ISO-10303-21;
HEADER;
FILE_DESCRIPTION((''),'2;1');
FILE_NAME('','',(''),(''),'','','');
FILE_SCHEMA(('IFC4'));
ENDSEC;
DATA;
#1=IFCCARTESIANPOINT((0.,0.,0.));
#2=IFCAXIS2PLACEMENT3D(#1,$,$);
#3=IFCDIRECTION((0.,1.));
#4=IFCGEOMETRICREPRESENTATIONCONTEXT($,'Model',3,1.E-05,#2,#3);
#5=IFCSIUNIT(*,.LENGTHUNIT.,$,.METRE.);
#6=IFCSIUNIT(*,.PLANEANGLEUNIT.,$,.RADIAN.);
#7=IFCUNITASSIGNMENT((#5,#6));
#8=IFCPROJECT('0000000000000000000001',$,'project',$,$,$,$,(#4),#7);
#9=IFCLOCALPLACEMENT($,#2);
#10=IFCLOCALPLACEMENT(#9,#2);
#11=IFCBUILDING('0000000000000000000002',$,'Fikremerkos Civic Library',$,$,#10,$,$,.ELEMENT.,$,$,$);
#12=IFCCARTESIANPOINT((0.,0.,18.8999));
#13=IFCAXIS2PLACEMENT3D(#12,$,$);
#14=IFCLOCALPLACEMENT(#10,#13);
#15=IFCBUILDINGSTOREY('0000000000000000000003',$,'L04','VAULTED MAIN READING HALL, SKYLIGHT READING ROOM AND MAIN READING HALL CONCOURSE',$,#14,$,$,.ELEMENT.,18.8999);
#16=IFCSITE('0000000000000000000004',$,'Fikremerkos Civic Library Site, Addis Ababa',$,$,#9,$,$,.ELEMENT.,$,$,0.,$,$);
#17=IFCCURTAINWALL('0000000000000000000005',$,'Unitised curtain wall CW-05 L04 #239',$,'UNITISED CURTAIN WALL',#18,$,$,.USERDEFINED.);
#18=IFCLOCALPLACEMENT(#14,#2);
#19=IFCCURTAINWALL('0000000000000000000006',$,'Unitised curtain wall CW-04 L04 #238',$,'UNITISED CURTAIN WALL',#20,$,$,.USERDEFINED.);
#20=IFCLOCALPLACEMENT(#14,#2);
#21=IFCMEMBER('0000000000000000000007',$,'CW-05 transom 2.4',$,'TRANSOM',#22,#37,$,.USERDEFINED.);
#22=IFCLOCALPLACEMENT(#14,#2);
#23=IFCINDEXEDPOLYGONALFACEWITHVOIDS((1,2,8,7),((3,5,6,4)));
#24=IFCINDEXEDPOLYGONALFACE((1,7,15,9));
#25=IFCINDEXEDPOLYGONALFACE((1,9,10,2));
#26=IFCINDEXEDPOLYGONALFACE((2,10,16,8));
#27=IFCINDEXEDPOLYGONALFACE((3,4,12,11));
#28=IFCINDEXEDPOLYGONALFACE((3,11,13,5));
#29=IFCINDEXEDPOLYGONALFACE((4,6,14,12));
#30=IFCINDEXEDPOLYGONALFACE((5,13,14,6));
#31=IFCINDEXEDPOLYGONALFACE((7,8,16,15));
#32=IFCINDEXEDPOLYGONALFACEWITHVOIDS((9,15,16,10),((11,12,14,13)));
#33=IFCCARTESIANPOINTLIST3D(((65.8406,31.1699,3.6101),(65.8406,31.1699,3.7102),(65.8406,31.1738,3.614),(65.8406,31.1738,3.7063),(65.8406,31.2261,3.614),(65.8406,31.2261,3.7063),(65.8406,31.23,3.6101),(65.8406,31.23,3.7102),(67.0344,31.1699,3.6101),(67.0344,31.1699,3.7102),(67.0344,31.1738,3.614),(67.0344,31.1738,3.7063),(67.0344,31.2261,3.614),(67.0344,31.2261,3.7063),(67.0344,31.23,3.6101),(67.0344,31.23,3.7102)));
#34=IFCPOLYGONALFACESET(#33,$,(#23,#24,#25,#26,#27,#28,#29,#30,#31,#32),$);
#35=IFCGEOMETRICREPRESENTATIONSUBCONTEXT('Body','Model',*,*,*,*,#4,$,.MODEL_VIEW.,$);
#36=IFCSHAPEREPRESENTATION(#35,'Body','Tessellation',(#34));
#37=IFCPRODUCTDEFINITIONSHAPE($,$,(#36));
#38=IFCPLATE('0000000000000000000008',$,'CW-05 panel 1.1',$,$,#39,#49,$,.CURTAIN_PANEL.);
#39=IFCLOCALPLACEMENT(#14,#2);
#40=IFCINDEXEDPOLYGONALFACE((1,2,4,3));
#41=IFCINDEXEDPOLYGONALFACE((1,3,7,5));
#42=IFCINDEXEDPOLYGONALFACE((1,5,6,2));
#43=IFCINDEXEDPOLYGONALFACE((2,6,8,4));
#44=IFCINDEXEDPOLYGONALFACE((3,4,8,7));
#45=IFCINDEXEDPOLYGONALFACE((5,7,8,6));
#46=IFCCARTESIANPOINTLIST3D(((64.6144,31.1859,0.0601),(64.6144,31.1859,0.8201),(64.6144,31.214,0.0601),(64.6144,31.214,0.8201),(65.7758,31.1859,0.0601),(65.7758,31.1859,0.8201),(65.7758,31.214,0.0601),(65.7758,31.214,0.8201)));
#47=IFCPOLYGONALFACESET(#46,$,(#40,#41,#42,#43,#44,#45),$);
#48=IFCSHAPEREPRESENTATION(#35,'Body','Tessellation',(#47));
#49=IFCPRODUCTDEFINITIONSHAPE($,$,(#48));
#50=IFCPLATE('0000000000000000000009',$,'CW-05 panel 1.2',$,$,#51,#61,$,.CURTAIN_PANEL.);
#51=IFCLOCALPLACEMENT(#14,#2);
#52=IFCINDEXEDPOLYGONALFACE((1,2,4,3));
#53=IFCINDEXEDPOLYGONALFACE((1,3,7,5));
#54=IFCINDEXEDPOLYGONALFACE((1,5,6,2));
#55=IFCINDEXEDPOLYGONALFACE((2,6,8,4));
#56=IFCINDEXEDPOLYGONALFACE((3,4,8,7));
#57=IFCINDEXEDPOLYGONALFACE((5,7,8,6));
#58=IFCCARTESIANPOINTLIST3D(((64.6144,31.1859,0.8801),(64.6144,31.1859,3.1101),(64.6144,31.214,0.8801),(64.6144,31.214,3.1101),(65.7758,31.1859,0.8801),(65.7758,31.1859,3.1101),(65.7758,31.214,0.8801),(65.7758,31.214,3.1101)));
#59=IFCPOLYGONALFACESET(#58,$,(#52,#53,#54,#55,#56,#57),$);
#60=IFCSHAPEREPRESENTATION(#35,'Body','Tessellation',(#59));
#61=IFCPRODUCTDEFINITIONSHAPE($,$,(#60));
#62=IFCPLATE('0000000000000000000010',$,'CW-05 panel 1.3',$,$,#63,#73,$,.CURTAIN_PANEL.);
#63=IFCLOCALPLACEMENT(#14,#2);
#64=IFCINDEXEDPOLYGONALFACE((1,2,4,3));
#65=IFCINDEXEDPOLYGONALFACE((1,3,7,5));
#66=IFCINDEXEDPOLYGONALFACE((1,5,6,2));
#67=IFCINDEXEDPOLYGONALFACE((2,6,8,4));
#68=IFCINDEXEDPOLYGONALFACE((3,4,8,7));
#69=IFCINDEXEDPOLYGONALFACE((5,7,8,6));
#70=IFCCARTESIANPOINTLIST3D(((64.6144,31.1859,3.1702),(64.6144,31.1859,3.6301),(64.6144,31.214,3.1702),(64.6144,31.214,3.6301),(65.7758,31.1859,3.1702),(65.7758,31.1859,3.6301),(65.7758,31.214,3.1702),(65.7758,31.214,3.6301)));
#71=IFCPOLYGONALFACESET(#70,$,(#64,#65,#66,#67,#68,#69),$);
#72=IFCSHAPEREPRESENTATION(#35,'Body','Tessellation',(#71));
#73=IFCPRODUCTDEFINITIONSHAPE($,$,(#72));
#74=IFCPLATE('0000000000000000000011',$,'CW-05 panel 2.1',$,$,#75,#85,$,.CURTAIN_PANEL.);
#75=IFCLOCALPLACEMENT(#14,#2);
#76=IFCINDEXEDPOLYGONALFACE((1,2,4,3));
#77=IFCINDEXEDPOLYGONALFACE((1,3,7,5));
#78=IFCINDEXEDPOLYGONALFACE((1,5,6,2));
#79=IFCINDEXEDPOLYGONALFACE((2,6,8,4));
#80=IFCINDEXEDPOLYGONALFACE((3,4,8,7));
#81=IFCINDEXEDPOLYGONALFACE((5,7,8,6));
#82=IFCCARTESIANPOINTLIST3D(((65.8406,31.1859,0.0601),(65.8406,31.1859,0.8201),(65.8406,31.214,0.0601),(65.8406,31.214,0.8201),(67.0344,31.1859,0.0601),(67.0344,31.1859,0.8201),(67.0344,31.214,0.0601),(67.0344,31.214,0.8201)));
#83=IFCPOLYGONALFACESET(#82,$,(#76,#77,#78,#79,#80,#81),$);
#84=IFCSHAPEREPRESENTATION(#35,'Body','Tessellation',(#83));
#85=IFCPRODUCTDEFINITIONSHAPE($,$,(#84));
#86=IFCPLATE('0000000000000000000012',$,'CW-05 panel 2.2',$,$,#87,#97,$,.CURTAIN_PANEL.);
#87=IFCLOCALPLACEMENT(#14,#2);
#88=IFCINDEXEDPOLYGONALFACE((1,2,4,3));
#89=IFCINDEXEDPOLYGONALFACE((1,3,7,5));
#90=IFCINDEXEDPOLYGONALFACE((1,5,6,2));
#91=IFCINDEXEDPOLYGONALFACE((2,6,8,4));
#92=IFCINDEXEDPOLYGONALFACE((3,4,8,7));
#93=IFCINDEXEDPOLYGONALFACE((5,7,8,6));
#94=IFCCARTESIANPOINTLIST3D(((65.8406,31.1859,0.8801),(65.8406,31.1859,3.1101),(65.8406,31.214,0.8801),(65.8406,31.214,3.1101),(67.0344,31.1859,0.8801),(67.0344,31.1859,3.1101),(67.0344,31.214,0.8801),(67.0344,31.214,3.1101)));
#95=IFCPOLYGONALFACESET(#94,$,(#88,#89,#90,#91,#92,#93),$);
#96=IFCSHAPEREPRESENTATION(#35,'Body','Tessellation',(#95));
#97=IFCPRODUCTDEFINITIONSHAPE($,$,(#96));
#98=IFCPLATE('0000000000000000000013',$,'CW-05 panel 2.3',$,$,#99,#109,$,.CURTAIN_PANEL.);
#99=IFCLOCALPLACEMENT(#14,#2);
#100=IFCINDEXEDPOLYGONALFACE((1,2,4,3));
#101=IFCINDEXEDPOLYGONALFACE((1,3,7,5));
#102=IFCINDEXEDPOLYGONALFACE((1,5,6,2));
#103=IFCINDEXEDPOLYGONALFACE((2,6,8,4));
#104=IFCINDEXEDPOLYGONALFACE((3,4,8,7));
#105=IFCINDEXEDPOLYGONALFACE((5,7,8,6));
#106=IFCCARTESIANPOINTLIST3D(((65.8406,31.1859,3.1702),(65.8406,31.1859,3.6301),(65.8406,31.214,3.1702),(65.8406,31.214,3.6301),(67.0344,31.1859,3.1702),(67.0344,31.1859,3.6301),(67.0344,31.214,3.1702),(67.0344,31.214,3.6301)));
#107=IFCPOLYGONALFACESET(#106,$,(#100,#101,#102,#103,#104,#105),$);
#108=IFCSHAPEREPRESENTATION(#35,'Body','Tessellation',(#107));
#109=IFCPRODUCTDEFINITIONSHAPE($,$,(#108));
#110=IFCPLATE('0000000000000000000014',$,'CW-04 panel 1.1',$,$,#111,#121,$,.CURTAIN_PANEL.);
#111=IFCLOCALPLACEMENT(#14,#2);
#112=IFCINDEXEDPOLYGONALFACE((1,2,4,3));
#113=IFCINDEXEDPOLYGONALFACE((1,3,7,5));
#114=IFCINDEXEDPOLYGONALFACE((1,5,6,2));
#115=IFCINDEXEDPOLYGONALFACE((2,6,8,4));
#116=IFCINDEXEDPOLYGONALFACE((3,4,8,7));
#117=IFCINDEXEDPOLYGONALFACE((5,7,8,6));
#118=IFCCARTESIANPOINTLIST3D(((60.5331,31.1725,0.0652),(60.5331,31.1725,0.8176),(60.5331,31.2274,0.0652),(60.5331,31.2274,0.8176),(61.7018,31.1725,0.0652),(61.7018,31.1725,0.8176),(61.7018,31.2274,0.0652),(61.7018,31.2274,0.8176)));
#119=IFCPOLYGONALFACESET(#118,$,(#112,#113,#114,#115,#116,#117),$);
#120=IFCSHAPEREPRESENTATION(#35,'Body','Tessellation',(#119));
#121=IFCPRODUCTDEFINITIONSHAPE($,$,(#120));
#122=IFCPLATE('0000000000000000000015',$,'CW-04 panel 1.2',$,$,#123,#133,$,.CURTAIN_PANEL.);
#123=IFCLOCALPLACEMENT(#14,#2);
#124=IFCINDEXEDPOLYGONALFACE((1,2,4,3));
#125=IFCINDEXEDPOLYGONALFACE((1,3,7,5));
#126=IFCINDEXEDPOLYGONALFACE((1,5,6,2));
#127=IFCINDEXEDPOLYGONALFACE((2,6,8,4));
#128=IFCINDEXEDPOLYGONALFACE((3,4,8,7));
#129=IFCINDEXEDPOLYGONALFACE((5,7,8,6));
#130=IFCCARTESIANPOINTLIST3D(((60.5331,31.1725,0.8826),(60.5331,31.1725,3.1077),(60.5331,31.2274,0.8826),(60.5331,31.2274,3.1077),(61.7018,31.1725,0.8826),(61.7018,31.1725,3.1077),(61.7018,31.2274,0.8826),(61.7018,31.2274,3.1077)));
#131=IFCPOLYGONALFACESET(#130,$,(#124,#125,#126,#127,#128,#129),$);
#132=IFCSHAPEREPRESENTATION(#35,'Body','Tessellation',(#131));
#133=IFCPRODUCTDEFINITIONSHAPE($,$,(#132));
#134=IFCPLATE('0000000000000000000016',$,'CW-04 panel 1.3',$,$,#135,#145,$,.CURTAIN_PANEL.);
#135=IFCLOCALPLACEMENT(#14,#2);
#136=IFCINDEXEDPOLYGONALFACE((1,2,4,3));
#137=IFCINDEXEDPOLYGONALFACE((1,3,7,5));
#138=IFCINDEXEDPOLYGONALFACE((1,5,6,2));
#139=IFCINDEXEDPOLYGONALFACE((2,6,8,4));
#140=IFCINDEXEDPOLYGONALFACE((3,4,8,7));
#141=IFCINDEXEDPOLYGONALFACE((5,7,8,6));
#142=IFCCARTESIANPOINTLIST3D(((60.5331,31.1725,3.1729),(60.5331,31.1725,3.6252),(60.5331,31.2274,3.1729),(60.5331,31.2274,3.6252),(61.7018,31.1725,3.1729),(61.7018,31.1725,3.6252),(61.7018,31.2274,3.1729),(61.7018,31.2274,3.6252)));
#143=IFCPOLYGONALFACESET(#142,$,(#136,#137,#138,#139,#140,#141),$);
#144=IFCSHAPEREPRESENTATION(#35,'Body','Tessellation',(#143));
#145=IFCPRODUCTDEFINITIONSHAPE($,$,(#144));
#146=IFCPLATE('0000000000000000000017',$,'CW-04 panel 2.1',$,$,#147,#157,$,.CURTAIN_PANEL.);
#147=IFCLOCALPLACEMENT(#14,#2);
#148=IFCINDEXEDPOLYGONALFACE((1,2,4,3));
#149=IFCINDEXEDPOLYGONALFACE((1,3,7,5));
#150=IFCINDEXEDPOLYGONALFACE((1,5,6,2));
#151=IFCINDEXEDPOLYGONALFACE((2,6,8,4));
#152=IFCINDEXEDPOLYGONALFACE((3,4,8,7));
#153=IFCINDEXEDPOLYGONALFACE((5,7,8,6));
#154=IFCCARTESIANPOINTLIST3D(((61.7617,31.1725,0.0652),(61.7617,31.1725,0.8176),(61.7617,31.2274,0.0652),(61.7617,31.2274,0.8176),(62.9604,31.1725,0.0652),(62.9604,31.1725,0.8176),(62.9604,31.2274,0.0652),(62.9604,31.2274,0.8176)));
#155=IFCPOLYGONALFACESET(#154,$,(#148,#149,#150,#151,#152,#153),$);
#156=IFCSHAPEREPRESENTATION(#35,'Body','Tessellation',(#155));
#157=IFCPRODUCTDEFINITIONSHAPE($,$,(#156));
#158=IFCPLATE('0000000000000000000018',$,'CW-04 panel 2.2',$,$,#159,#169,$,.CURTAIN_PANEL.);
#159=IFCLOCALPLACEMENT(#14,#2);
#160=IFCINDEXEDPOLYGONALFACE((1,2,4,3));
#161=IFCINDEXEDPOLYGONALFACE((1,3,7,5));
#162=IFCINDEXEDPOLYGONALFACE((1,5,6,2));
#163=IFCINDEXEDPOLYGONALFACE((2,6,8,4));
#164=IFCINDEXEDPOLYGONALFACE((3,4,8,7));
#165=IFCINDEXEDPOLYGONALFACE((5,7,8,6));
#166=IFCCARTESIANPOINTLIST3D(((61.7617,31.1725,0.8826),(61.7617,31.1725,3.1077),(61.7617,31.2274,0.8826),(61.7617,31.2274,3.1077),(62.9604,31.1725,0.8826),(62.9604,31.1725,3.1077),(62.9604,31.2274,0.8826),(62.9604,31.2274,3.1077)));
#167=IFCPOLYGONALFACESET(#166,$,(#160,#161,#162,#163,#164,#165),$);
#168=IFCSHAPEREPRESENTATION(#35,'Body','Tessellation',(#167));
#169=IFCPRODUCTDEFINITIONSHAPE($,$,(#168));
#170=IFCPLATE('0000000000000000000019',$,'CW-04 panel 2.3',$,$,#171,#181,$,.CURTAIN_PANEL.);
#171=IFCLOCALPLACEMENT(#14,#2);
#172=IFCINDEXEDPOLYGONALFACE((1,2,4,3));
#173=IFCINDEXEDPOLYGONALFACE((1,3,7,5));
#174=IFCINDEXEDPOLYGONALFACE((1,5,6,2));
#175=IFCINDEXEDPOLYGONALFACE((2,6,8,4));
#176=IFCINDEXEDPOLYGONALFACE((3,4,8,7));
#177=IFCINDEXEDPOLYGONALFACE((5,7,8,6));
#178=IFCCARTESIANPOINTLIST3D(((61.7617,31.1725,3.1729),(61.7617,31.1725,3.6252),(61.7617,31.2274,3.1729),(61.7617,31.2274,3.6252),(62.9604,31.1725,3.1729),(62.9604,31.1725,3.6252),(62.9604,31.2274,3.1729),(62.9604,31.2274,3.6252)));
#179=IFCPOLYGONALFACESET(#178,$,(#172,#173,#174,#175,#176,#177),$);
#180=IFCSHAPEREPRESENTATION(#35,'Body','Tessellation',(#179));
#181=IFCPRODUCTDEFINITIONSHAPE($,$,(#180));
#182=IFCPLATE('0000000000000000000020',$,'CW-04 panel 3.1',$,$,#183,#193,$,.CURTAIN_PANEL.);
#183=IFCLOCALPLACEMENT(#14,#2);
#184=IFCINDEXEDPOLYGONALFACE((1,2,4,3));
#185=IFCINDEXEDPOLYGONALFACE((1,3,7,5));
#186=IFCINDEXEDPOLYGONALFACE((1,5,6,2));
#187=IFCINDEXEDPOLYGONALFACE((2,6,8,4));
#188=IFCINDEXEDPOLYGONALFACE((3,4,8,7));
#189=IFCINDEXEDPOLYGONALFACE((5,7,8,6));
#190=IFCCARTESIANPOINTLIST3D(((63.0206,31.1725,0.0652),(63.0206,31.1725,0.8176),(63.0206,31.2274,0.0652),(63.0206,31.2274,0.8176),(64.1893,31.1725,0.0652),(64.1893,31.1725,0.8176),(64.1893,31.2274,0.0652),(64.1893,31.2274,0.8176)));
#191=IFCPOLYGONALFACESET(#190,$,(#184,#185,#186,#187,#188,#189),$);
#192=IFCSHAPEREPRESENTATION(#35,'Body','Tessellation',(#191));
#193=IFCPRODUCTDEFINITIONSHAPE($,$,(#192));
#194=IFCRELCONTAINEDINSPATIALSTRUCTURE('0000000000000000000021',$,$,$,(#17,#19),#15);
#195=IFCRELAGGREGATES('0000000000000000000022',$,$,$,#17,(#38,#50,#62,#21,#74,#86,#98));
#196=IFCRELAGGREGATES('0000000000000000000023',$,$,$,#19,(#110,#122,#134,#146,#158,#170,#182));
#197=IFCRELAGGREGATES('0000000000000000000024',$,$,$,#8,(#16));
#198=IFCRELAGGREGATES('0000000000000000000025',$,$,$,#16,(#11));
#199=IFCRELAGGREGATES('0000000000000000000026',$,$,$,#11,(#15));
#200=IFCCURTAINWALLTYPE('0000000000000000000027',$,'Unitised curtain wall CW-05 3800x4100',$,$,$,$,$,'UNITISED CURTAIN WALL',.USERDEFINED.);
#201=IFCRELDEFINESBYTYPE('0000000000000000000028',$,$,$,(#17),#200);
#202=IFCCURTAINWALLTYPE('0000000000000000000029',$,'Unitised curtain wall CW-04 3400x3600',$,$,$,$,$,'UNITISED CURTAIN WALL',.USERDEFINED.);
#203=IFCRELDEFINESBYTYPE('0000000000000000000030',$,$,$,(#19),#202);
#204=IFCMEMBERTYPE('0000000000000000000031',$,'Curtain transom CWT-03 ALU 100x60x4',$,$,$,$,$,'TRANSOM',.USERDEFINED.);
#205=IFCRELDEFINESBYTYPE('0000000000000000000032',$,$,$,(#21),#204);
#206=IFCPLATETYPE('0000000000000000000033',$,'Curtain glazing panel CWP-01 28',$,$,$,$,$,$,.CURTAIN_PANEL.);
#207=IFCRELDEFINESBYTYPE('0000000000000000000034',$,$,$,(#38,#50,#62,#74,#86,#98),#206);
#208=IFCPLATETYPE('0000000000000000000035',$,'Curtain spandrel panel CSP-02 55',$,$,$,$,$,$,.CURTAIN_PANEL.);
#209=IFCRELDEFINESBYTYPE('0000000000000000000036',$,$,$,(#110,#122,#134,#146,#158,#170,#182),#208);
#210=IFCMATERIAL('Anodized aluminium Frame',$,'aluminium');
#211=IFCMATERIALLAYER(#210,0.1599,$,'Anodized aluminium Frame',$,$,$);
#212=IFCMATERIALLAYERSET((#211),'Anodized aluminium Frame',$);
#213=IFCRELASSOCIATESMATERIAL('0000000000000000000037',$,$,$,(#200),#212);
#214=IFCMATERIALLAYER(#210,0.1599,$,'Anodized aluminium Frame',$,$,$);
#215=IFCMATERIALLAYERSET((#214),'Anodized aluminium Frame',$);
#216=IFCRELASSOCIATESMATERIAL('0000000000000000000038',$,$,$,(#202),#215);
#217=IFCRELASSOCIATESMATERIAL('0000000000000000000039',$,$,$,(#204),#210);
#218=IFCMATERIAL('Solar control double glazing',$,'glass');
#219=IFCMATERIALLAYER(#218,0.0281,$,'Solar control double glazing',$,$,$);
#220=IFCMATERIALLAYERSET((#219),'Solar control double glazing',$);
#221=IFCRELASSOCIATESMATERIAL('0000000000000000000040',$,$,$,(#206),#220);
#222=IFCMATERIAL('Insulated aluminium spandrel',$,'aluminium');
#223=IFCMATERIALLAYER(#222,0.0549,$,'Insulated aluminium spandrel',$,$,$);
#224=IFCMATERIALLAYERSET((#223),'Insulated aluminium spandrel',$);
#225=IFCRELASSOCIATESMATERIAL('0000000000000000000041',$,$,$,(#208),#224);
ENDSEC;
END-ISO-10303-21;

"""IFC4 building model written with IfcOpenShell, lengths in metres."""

from ifc_helpers import new_model, si_unit, direction, frame, origin, origin_2d, place, context, subcontext, project, spatial, rectangle, hollow_rectangle, extrude, material, layer, layer_set, material_profile, profile_set, type_object, element, aggregate, save


model = new_model("IFC4")

# Units and contexts
model_context = context("Model", 3, precision=1e-05, world=origin(), true_north=direction((0.0, 1.0)))
body_context = subcontext(model_context, "Body", "Model", "MODEL_VIEW")
ifc_project = project(units=[si_unit("LENGTHUNIT", "METRE"), si_unit("PLANEANGLEUNIT", "RADIAN")], contexts=[model_context])

# Site, building, storey
site_placement = place(None, origin())
site = spatial("IfcSite", under=ifc_project, at=site_placement, Name="Fikremerkos Civic Library Site, Addis Ababa", CompositionType="ELEMENT", RefElevation=0.0)
building_placement = place(site_placement, origin())
building = spatial("IfcBuilding", under=site, at=building_placement, Name="Fikremerkos Civic Library", CompositionType="ELEMENT")
storey_placement = place(building_placement, frame((0.0, 0.0, 18.8999)))
storey = spatial("IfcBuildingStorey", under=building, at=storey_placement, Name="L04", Description="VAULTED MAIN READING HALL, SKYLIGHT READING ROOM AND MAIN READING HALL CONCOURSE", CompositionType="ELEMENT", Elevation=18.8999)

# Curtain walls
ifc_material_1 = material(Name="Anodized aluminium Frame", Category="aluminium")
ifc_layer_1 = layer(ifc_material_1, 0.1599, Name="Anodized aluminium Frame")
ifc_layer_set_1 = layer_set([ifc_layer_1], Name="Anodized aluminium Frame")
curtain_wall_type_1 = type_object("IfcCurtainWallType", Name="Unitised curtain wall CW-05 3800x4100", ElementType="UNITISED CURTAIN WALL", PredefinedType="USERDEFINED", material=ifc_layer_set_1)
curtain_wall_1_placement = place(storey_placement, origin())
curtain_wall_1 = element("IfcCurtainWall", 1, at=curtain_wall_1_placement, inside=storey, type_object=curtain_wall_type_1, Name="Unitised curtain wall CW-05 L04 #239", ObjectType="UNITISED CURTAIN WALL", PredefinedType="USERDEFINED")
ifc_layer_2 = layer(ifc_material_1, 0.1599, Name="Anodized aluminium Frame")
ifc_layer_set_2 = layer_set([ifc_layer_2], Name="Anodized aluminium Frame")
curtain_wall_type_2 = type_object("IfcCurtainWallType", Name="Unitised curtain wall CW-04 3400x3600", ElementType="UNITISED CURTAIN WALL", PredefinedType="USERDEFINED", material=ifc_layer_set_2)
curtain_wall_2_placement = place(storey_placement, origin())
curtain_wall_2 = element("IfcCurtainWall", 2, at=curtain_wall_2_placement, inside=storey, type_object=curtain_wall_type_2, Name="Unitised curtain wall CW-04 L04 #238", ObjectType="UNITISED CURTAIN WALL", PredefinedType="USERDEFINED")

# Member
ifc_material_profile_1 = material_profile(ifc_material_1, hollow_rectangle(XDim=0.0601, YDim=0.1001, WallThickness=0.0039, at=origin_2d()), Name="ALU 100x60x4")
ifc_profile_set_1 = profile_set([ifc_material_profile_1], Name="Anodized aluminium Frame")
member_type_1 = type_object("IfcMemberType", Name="Curtain transom CWT-03 ALU 100x60x4", ElementType="TRANSOM", PredefinedType="USERDEFINED", material=ifc_profile_set_1)
member_1_placement = place(storey_placement, frame((65.8406, 31.2, 3.6602), z_axis=(1.0, 0.0, 0.0), x_axis=(0.0, 1.0, 0.0)))
member_1 = element("IfcMember", 3, at=member_1_placement, type_object=member_type_1, Name="CW-05 transom 2.4", ObjectType="TRANSOM", PredefinedType="USERDEFINED", context=body_context, shape_type="SweptSolid", body=[
    extrude(hollow_rectangle(XDim=0.0601, YDim=0.1001, WallThickness=0.0039, at=origin_2d()), origin(), (0.0, 0.0, 1.0), 1.1938),
])

# Plates
ifc_material_2 = material(Name="Solar control double glazing", Category="glass")
ifc_layer_3 = layer(ifc_material_2, 0.0281, Name="Solar control double glazing")
ifc_layer_set_3 = layer_set([ifc_layer_3], Name="Solar control double glazing")
plate_type_1 = type_object("IfcPlateType", Name="Curtain glazing panel CWP-01 28", PredefinedType="CURTAIN_PANEL", material=ifc_layer_set_3)
plate_1_placement = place(storey_placement, frame((65.1951, 31.2, 0.0601), z_axis=(0.0, 0.0, 1.0), x_axis=(1.0, 0.0, 0.0)))
plate_1 = element("IfcPlate", 4, at=plate_1_placement, type_object=plate_type_1, Name="CW-05 panel 1.1", PredefinedType="CURTAIN_PANEL", context=body_context, shape_type="SweptSolid", body=[
    extrude(rectangle(XDim=1.1614, YDim=0.0281, at=origin_2d()), origin(), (0.0, 0.0, 1.0), 0.76),
])
plate_2_placement = place(storey_placement, frame((65.1951, 31.2, 0.8801), z_axis=(0.0, 0.0, 1.0), x_axis=(1.0, 0.0, 0.0)))
plate_2 = element("IfcPlate", 5, at=plate_2_placement, type_object=plate_type_1, Name="CW-05 panel 1.2", PredefinedType="CURTAIN_PANEL", context=body_context, shape_type="SweptSolid", body=[
    extrude(rectangle(XDim=1.1614, YDim=0.0281, at=origin_2d()), origin(), (0.0, 0.0, 1.0), 2.23),
])
plate_3_placement = place(storey_placement, frame((65.1951, 31.2, 3.1702), z_axis=(0.0, 0.0, 1.0), x_axis=(1.0, 0.0, 0.0)))
plate_3 = element("IfcPlate", 6, at=plate_3_placement, type_object=plate_type_1, Name="CW-05 panel 1.3", PredefinedType="CURTAIN_PANEL", context=body_context, shape_type="SweptSolid", body=[
    extrude(rectangle(XDim=1.1614, YDim=0.0281, at=origin_2d()), origin(), (0.0, 0.0, 1.0), 0.46),
])
plate_4_placement = place(storey_placement, frame((66.4375, 31.2, 0.0601), z_axis=(0.0, 0.0, 1.0), x_axis=(1.0, 0.0, 0.0)))
plate_4 = element("IfcPlate", 7, at=plate_4_placement, type_object=plate_type_1, Name="CW-05 panel 2.1", PredefinedType="CURTAIN_PANEL", context=body_context, shape_type="SweptSolid", body=[
    extrude(rectangle(XDim=1.1938, YDim=0.0281, at=origin_2d()), origin(), (0.0, 0.0, 1.0), 0.76),
])
plate_5_placement = place(storey_placement, frame((66.4375, 31.2, 0.8801), z_axis=(0.0, 0.0, 1.0), x_axis=(1.0, 0.0, 0.0)))
plate_5 = element("IfcPlate", 8, at=plate_5_placement, type_object=plate_type_1, Name="CW-05 panel 2.2", PredefinedType="CURTAIN_PANEL", context=body_context, shape_type="SweptSolid", body=[
    extrude(rectangle(XDim=1.1938, YDim=0.0281, at=origin_2d()), origin(), (0.0, 0.0, 1.0), 2.23),
])
plate_6_placement = place(storey_placement, frame((66.4375, 31.2, 3.1702), z_axis=(0.0, 0.0, 1.0), x_axis=(1.0, 0.0, 0.0)))
plate_6 = element("IfcPlate", 9, at=plate_6_placement, type_object=plate_type_1, Name="CW-05 panel 2.3", PredefinedType="CURTAIN_PANEL", context=body_context, shape_type="SweptSolid", body=[
    extrude(rectangle(XDim=1.1938, YDim=0.0281, at=origin_2d()), origin(), (0.0, 0.0, 1.0), 0.46),
])
aggregate(curtain_wall_1, [plate_1, plate_2, plate_3, member_1, plate_4, plate_5, plate_6])
ifc_material_3 = material(Name="Insulated aluminium spandrel", Category="aluminium")
ifc_layer_4 = layer(ifc_material_3, 0.0549, Name="Insulated aluminium spandrel")
ifc_layer_set_4 = layer_set([ifc_layer_4], Name="Insulated aluminium spandrel")
plate_type_2 = type_object("IfcPlateType", Name="Curtain spandrel panel CSP-02 55", PredefinedType="CURTAIN_PANEL", material=ifc_layer_set_4)
plate_7_placement = place(storey_placement, frame((61.1174, 31.2, 0.0652), z_axis=(0.0, 0.0, 1.0), x_axis=(1.0, 0.0, 0.0)))
plate_7 = element("IfcPlate", 10, at=plate_7_placement, type_object=plate_type_2, Name="CW-04 panel 1.1", PredefinedType="CURTAIN_PANEL", context=body_context, shape_type="SweptSolid", body=[
    extrude(rectangle(XDim=1.1687, YDim=0.0549, at=origin_2d()), origin(), (0.0, 0.0, 1.0), 0.7524),
])
plate_8_placement = place(storey_placement, frame((61.1174, 31.2, 0.8826), z_axis=(0.0, 0.0, 1.0), x_axis=(1.0, 0.0, 0.0)))
plate_8 = element("IfcPlate", 11, at=plate_8_placement, type_object=plate_type_2, Name="CW-04 panel 1.2", PredefinedType="CURTAIN_PANEL", context=body_context, shape_type="SweptSolid", body=[
    extrude(rectangle(XDim=1.1687, YDim=0.0549, at=origin_2d()), origin(), (0.0, 0.0, 1.0), 2.2251),
])
plate_9_placement = place(storey_placement, frame((61.1174, 31.2, 3.1729), z_axis=(0.0, 0.0, 1.0), x_axis=(1.0, 0.0, 0.0)))
plate_9 = element("IfcPlate", 12, at=plate_9_placement, type_object=plate_type_2, Name="CW-04 panel 1.3", PredefinedType="CURTAIN_PANEL", context=body_context, shape_type="SweptSolid", body=[
    extrude(rectangle(XDim=1.1687, YDim=0.0549, at=origin_2d()), origin(), (0.0, 0.0, 1.0), 0.4524),
])
plate_10_placement = place(storey_placement, frame((62.3611, 31.2, 0.0652), z_axis=(0.0, 0.0, 1.0), x_axis=(1.0, 0.0, 0.0)))
plate_10 = element("IfcPlate", 13, at=plate_10_placement, type_object=plate_type_2, Name="CW-04 panel 2.1", PredefinedType="CURTAIN_PANEL", context=body_context, shape_type="SweptSolid", body=[
    extrude(rectangle(XDim=1.1987, YDim=0.0549, at=origin_2d()), origin(), (0.0, 0.0, 1.0), 0.7524),
])
plate_11_placement = place(storey_placement, frame((62.3611, 31.2, 0.8826), z_axis=(0.0, 0.0, 1.0), x_axis=(1.0, 0.0, 0.0)))
plate_11 = element("IfcPlate", 14, at=plate_11_placement, type_object=plate_type_2, Name="CW-04 panel 2.2", PredefinedType="CURTAIN_PANEL", context=body_context, shape_type="SweptSolid", body=[
    extrude(rectangle(XDim=1.1987, YDim=0.0549, at=origin_2d()), origin(), (0.0, 0.0, 1.0), 2.2251),
])
plate_12_placement = place(storey_placement, frame((62.3611, 31.2, 3.1729), z_axis=(0.0, 0.0, 1.0), x_axis=(1.0, 0.0, 0.0)))
plate_12 = element("IfcPlate", 15, at=plate_12_placement, type_object=plate_type_2, Name="CW-04 panel 2.3", PredefinedType="CURTAIN_PANEL", context=body_context, shape_type="SweptSolid", body=[
    extrude(rectangle(XDim=1.1987, YDim=0.0549, at=origin_2d()), origin(), (0.0, 0.0, 1.0), 0.4524),
])
plate_13_placement = place(storey_placement, frame((63.605, 31.2, 0.0652), z_axis=(0.0, 0.0, 1.0), x_axis=(1.0, 0.0, 0.0)))
plate_13 = element("IfcPlate", 16, at=plate_13_placement, type_object=plate_type_2, Name="CW-04 panel 3.1", PredefinedType="CURTAIN_PANEL", context=body_context, shape_type="SweptSolid", body=[
    extrude(rectangle(XDim=1.1687, YDim=0.0549, at=origin_2d()), origin(), (0.0, 0.0, 1.0), 0.7524),
])
aggregate(curtain_wall_2, [plate_7, plate_8, plate_9, plate_10, plate_11, plate_12, plate_13])

save(model, "model.ifc")
